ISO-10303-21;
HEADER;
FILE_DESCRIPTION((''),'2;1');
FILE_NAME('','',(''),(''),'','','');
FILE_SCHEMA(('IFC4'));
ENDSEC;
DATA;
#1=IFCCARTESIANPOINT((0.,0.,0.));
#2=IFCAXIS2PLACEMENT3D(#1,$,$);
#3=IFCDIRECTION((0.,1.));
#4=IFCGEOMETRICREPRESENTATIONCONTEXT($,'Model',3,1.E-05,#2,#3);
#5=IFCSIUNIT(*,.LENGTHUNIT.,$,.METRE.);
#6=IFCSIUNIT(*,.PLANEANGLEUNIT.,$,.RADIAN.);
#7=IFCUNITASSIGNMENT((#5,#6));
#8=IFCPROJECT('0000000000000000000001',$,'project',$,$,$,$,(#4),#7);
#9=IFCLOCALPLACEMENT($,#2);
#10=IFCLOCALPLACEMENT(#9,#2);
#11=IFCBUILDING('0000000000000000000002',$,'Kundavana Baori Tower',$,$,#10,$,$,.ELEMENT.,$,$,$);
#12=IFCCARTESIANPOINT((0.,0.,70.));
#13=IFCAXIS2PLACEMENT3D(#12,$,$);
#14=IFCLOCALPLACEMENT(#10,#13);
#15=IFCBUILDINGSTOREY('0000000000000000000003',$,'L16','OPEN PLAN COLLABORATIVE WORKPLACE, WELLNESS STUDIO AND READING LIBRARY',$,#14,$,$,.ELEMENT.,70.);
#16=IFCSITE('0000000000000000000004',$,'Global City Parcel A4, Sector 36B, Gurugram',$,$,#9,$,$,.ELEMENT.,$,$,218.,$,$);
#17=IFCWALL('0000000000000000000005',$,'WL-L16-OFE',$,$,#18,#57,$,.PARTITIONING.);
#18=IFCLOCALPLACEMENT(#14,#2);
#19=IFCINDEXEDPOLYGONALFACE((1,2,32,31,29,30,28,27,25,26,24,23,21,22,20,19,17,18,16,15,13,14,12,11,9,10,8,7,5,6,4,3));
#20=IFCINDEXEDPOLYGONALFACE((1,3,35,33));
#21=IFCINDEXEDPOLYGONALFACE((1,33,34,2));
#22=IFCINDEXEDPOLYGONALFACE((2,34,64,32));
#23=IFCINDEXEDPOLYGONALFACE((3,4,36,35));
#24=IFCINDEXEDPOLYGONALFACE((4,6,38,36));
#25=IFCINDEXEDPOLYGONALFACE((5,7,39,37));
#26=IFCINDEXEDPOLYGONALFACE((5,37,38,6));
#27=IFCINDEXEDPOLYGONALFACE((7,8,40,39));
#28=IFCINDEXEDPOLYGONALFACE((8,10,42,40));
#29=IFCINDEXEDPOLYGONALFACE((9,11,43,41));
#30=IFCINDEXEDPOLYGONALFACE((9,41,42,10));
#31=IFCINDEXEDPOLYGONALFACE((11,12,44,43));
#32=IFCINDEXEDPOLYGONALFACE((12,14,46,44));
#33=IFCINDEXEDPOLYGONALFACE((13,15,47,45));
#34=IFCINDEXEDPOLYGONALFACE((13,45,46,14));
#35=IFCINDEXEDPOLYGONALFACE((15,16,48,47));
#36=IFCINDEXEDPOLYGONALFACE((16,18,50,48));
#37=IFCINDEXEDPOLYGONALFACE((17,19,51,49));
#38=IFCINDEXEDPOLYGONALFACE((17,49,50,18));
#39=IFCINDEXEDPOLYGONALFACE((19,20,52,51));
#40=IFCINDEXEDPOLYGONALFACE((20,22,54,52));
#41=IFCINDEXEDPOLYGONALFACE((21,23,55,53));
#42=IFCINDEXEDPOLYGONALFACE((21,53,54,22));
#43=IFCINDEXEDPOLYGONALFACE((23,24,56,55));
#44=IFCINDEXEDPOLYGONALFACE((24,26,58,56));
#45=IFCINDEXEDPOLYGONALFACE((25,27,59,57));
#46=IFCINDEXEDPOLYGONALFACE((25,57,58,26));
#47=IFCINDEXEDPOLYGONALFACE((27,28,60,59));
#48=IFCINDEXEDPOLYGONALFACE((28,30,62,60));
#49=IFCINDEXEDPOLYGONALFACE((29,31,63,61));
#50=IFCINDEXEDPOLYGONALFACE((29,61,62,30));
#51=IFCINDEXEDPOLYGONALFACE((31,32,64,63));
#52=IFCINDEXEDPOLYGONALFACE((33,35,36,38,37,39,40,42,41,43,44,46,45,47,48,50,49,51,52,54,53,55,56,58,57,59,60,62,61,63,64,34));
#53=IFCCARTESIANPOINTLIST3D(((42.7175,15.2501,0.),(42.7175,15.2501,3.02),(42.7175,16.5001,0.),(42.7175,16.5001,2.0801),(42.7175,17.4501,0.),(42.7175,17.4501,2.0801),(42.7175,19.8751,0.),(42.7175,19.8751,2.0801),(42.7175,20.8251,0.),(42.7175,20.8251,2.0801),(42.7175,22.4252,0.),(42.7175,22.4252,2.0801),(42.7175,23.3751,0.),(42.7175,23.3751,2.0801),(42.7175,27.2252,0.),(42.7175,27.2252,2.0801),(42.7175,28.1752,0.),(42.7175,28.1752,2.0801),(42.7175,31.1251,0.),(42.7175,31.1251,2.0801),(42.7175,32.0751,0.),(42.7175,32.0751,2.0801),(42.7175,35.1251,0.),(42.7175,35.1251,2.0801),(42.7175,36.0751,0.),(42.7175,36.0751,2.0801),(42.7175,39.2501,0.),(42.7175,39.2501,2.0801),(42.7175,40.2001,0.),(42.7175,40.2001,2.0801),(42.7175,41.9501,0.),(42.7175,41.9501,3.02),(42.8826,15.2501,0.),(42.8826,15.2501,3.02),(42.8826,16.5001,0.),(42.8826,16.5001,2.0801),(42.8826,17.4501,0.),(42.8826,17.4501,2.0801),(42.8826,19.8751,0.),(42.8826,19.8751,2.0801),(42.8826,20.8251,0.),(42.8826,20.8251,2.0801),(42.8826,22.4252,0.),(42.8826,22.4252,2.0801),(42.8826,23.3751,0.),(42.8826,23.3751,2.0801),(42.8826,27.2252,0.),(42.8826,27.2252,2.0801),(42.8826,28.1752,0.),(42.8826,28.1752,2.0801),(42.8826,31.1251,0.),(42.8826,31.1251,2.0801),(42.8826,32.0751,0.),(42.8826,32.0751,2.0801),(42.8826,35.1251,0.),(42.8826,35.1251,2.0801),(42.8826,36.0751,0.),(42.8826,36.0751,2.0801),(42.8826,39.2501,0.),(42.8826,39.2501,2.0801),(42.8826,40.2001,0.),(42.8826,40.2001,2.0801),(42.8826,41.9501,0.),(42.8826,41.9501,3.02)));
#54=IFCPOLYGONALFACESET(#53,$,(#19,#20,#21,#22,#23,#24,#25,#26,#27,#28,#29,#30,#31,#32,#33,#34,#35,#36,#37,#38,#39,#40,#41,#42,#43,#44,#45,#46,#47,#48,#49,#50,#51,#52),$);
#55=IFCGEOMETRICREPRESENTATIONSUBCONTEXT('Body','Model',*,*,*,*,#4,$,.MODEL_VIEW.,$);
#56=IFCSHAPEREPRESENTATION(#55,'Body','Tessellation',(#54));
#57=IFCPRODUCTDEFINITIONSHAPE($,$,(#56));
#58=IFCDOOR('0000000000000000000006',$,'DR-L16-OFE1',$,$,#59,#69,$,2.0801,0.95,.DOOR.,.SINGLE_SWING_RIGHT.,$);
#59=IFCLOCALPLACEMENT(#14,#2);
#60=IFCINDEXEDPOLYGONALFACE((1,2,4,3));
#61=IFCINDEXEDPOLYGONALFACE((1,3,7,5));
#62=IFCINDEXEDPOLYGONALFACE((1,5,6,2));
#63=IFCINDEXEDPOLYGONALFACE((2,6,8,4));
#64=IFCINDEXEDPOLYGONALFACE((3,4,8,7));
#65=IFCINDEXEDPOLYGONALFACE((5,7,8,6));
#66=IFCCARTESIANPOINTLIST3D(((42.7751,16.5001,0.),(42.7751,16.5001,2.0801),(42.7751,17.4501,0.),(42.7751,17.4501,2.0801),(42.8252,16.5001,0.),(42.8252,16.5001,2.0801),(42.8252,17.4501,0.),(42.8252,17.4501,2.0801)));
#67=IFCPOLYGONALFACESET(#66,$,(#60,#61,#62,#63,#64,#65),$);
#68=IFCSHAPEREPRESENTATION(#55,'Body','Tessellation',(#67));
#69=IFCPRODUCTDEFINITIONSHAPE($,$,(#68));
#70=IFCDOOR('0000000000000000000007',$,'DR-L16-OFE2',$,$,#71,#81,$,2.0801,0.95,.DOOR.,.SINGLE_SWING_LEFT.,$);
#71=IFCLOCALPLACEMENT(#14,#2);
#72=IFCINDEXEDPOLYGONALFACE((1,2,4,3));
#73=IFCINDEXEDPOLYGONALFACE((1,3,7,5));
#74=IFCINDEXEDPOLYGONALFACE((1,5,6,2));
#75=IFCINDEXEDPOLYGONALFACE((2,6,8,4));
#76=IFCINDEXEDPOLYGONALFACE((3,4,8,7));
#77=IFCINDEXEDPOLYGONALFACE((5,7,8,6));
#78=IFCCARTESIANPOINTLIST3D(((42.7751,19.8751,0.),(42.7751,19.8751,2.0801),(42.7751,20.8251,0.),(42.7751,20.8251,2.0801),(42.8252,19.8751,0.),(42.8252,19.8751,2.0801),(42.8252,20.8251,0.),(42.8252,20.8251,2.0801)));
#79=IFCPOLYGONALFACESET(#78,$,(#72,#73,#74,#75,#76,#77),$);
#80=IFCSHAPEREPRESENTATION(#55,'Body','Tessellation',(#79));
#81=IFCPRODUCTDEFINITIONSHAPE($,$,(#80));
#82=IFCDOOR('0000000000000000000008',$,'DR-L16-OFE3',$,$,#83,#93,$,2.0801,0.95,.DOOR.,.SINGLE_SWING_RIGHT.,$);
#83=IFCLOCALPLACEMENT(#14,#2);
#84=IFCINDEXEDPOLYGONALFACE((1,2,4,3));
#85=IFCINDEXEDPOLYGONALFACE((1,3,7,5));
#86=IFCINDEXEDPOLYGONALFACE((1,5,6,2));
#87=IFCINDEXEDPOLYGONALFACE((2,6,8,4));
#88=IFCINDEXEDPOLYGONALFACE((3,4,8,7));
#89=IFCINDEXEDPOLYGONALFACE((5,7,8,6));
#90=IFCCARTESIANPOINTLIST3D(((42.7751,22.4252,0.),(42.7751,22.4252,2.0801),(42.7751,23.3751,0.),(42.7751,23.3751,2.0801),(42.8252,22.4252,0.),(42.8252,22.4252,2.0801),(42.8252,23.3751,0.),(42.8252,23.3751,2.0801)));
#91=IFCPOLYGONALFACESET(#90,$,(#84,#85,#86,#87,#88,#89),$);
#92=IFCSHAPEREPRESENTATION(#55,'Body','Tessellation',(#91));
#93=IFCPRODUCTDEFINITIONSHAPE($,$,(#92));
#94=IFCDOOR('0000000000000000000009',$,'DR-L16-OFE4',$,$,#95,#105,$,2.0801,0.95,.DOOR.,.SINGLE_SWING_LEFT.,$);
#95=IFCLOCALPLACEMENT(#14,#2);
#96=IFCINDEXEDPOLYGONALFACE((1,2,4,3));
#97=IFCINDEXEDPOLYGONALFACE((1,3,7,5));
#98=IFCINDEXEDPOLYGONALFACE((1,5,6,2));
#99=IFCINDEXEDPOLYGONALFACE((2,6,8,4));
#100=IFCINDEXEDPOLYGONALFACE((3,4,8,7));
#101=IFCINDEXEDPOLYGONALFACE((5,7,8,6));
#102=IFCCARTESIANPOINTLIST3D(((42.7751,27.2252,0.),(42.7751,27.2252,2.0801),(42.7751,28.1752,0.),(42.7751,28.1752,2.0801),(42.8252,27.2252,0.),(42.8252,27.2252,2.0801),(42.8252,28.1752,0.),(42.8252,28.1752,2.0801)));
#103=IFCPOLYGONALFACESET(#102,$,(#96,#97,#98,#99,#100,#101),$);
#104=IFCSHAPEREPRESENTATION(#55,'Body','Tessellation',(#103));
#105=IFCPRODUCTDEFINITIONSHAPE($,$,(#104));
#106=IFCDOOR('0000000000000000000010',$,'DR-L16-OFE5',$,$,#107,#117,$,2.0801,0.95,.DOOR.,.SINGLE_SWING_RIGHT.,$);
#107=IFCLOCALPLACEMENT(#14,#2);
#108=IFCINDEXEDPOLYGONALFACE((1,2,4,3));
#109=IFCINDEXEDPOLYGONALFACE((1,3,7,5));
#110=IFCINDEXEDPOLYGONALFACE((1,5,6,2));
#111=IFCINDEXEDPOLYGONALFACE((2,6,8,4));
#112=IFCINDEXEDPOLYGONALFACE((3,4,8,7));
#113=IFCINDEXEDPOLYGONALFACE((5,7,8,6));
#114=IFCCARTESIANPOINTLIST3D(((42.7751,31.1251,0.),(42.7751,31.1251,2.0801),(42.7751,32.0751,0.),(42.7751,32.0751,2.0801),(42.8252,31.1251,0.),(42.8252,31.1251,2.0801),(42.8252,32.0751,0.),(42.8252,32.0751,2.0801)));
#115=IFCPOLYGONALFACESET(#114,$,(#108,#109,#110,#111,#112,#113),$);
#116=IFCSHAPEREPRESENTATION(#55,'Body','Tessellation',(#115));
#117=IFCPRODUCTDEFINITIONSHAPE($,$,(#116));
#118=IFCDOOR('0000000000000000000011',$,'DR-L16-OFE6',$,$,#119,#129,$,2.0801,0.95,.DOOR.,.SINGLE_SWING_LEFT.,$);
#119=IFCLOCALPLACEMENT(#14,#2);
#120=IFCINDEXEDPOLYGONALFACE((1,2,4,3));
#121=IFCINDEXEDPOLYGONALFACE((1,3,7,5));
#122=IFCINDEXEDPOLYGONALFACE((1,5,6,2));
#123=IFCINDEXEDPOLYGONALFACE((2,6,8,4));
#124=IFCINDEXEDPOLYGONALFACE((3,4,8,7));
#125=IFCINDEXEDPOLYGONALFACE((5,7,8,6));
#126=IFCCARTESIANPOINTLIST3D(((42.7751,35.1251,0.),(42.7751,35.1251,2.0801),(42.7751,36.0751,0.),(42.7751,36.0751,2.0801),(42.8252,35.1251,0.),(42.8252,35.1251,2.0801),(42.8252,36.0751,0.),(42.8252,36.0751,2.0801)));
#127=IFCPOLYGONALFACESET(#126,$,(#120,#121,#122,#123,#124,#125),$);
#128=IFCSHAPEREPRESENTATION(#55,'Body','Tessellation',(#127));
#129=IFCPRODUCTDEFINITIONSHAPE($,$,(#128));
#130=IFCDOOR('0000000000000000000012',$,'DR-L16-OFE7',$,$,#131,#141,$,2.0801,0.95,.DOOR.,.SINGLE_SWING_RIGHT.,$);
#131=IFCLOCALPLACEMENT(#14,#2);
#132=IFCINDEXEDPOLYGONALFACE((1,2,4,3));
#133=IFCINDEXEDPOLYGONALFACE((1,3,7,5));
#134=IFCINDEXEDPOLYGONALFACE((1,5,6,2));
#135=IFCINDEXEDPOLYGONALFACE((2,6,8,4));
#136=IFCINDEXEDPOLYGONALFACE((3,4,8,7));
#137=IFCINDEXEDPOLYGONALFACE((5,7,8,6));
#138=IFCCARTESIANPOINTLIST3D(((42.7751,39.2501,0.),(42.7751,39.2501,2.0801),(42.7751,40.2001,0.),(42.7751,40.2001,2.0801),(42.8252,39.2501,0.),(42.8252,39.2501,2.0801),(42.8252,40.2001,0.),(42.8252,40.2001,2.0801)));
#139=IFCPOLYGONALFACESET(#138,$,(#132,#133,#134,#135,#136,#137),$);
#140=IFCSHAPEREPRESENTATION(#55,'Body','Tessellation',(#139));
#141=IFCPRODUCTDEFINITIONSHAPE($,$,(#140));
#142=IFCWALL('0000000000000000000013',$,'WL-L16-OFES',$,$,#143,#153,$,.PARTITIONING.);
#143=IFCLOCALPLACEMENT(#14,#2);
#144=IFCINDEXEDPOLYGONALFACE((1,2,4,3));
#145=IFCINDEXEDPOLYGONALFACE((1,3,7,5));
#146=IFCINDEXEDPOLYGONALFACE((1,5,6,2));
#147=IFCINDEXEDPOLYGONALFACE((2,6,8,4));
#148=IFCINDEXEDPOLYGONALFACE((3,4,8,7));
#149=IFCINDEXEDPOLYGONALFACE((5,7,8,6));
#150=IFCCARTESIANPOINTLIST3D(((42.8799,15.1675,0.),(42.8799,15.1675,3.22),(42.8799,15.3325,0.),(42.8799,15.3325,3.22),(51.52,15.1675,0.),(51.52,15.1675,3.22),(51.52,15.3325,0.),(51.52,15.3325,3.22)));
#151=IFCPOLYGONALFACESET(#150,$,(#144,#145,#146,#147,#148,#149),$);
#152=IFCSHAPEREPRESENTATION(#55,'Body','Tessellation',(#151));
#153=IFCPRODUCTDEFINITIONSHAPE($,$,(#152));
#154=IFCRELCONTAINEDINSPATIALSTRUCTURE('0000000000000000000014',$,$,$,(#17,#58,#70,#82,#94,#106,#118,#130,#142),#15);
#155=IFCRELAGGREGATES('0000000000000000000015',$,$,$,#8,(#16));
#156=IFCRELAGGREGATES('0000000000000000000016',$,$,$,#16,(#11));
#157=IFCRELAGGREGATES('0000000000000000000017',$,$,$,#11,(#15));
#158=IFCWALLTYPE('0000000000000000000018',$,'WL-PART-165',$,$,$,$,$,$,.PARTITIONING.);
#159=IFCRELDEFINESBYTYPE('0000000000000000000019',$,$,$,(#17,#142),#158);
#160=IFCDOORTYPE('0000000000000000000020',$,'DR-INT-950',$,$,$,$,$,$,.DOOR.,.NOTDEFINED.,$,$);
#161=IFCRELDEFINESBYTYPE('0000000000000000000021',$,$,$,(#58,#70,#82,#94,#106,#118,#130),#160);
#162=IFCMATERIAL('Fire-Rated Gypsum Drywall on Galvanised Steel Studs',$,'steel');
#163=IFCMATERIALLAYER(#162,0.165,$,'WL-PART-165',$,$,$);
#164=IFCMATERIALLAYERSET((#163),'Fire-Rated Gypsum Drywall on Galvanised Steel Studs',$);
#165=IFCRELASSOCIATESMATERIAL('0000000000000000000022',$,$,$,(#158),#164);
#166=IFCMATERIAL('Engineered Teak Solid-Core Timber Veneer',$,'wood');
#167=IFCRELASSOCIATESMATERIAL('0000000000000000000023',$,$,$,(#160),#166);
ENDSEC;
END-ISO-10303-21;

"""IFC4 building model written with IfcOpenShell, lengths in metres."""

from ifc_helpers import new_model, si_unit, direction, frame, frame_2d, origin, place, context, subcontext, project, spatial, rectangle, extrude, material, layer, layer_set, type_object, element, fill, save


model = new_model("IFC4")

# Units and contexts
model_context = context("Model", 3, precision=1e-05, world=origin(), true_north=direction((0.0, 1.0)))
body_context = subcontext(model_context, "Body", "Model", "MODEL_VIEW")
ifc_project = project(units=[si_unit("LENGTHUNIT", "METRE"), si_unit("PLANEANGLEUNIT", "RADIAN")], contexts=[model_context])

# Site, building, storey
site_placement = place(None, origin())
site = spatial("IfcSite", under=ifc_project, at=site_placement, Name="Global City Parcel A4, Sector 36B, Gurugram", CompositionType="ELEMENT", RefElevation=218.0)
building_placement = place(site_placement, origin())
building = spatial("IfcBuilding", under=site, at=building_placement, Name="Kundavana Baori Tower", CompositionType="ELEMENT")
storey_placement = place(building_placement, frame((0.0, 0.0, 70.0)))
storey = spatial("IfcBuildingStorey", under=building, at=storey_placement, Name="L16", Description="OPEN PLAN COLLABORATIVE WORKPLACE, WELLNESS STUDIO AND READING LIBRARY", CompositionType="ELEMENT", Elevation=70.0)

# Wall, openings, doors
ifc_material_1 = material(Name="Fire-Rated Gypsum Drywall on Galvanised Steel Studs", Category="steel")
ifc_layer_1 = layer(ifc_material_1, 0.165, Name="WL-PART-165")
ifc_layer_set_1 = layer_set([ifc_layer_1], Name="Fire-Rated Gypsum Drywall on Galvanised Steel Studs")
wall_type_1 = type_object("IfcWallType", Name="WL-PART-165", PredefinedType="PARTITIONING", material=ifc_layer_set_1)
wall_1_placement = place(storey_placement, frame((42.8, 15.25, 0.0), z_axis=(0.0, 0.0, 1.0), x_axis=(0.0, 1.0, 0.0)))
wall_1 = element("IfcWall", 1, at=wall_1_placement, inside=storey, type_object=wall_type_1, Name="WL-L16-OFE", PredefinedType="PARTITIONING", context=body_context, shape_type="SweptSolid", body=[
    extrude(rectangle(XDim=26.7, YDim=0.165, at=frame_2d((13.3501, 0.0))), origin(), (0.0, 0.0, 1.0), 3.02),
])
opening_1_placement = place(wall_1_placement, frame((1.25, 0.0, 0.0)))
opening_1 = element("IfcOpeningElement", 2, at=opening_1_placement, cuts=wall_1, PredefinedType="OPENING", context=body_context, shape_type="SweptSolid", body=[
    extrude(rectangle(XDim=0.95, YDim=2.0801, at=frame_2d((0.4751, 1.04))), frame((0.0, 0.0925, 0.0), z_axis=(0.0, -1.0, 0.0), x_axis=(1.0, 0.0, 0.0)), (0.0, 0.0, 1.0), 0.1851),
])
opening_2_placement = place(wall_1_placement, frame((4.625, 0.0, 0.0)))
opening_2 = element("IfcOpeningElement", 3, at=opening_2_placement, cuts=wall_1, PredefinedType="OPENING", context=body_context, shape_type="SweptSolid", body=[
    extrude(rectangle(XDim=0.95, YDim=2.0801, at=frame_2d((0.4751, 1.04))), frame((0.0, 0.0925, 0.0), z_axis=(0.0, -1.0, 0.0), x_axis=(1.0, 0.0, 0.0)), (0.0, 0.0, 1.0), 0.1851),
])
opening_3_placement = place(wall_1_placement, frame((7.175, 0.0, 0.0)))
opening_3 = element("IfcOpeningElement", 4, at=opening_3_placement, cuts=wall_1, PredefinedType="OPENING", context=body_context, shape_type="SweptSolid", body=[
    extrude(rectangle(XDim=0.95, YDim=2.0801, at=frame_2d((0.4751, 1.04))), frame((0.0, 0.0925, 0.0), z_axis=(0.0, -1.0, 0.0), x_axis=(1.0, 0.0, 0.0)), (0.0, 0.0, 1.0), 0.1851),
])
opening_4_placement = place(wall_1_placement, frame((11.9751, 0.0, 0.0)))
opening_4 = element("IfcOpeningElement", 5, at=opening_4_placement, cuts=wall_1, PredefinedType="OPENING", context=body_context, shape_type="SweptSolid", body=[
    extrude(rectangle(XDim=0.95, YDim=2.0801, at=frame_2d((0.4751, 1.04))), frame((0.0, 0.0925, 0.0), z_axis=(0.0, -1.0, 0.0), x_axis=(1.0, 0.0, 0.0)), (0.0, 0.0, 1.0), 0.1851),
])
opening_5_placement = place(wall_1_placement, frame((15.875, 0.0, 0.0)))
opening_5 = element("IfcOpeningElement", 6, at=opening_5_placement, cuts=wall_1, PredefinedType="OPENING", context=body_context, shape_type="SweptSolid", body=[
    extrude(rectangle(XDim=0.95, YDim=2.0801, at=frame_2d((0.4751, 1.04))), frame((0.0, 0.0925, 0.0), z_axis=(0.0, -1.0, 0.0), x_axis=(1.0, 0.0, 0.0)), (0.0, 0.0, 1.0), 0.1851),
])
opening_6_placement = place(wall_1_placement, frame((19.875, 0.0, 0.0)))
opening_6 = element("IfcOpeningElement", 7, at=opening_6_placement, cuts=wall_1, PredefinedType="OPENING", context=body_context, shape_type="SweptSolid", body=[
    extrude(rectangle(XDim=0.95, YDim=2.0801, at=frame_2d((0.4751, 1.04))), frame((0.0, 0.0925, 0.0), z_axis=(0.0, -1.0, 0.0), x_axis=(1.0, 0.0, 0.0)), (0.0, 0.0, 1.0), 0.1851),
])
opening_7_placement = place(wall_1_placement, frame((24.0, 0.0, 0.0)))
opening_7 = element("IfcOpeningElement", 8, at=opening_7_placement, cuts=wall_1, PredefinedType="OPENING", context=body_context, shape_type="SweptSolid", body=[
    extrude(rectangle(XDim=0.95, YDim=2.0801, at=frame_2d((0.4751, 1.04))), frame((0.0, 0.0925, 0.0), z_axis=(0.0, -1.0, 0.0), x_axis=(1.0, 0.0, 0.0)), (0.0, 0.0, 1.0), 0.1851),
])
ifc_material_2 = material(Name="Engineered Teak Solid-Core Timber Veneer", Category="wood")
door_type_1 = type_object("IfcDoorType", Name="DR-INT-950", OperationType="NOTDEFINED", PredefinedType="DOOR", material=ifc_material_2)
door_1_placement = place(opening_1_placement, origin())
door_1 = element("IfcDoor", 9, at=door_1_placement, inside=storey, type_object=door_type_1, Name="DR-L16-OFE1", OperationType="SINGLE_SWING_RIGHT", OverallHeight=2.0801, OverallWidth=0.95, PredefinedType="DOOR", context=body_context, shape_type="SweptSolid", body=[
    extrude(rectangle(XDim=0.95, YDim=2.0801, at=frame_2d((0.4751, 1.04))), frame((0.0, 0.0249, 0.0), z_axis=(0.0, -1.0, 0.0), x_axis=(1.0, 0.0, 0.0)), (0.0, 0.0, 1.0), 0.05),
])
fill(opening_1, door_1)
door_2_placement = place(opening_2_placement, origin())
door_2 = element("IfcDoor", 10, at=door_2_placement, inside=storey, type_object=door_type_1, Name="DR-L16-OFE2", OperationType="SINGLE_SWING_LEFT", OverallHeight=2.0801, OverallWidth=0.95, PredefinedType="DOOR", context=body_context, shape_type="SweptSolid", body=[
    extrude(rectangle(XDim=0.95, YDim=2.0801, at=frame_2d((0.4751, 1.04))), frame((0.0, 0.0249, 0.0), z_axis=(0.0, -1.0, 0.0), x_axis=(1.0, 0.0, 0.0)), (0.0, 0.0, 1.0), 0.05),
])
fill(opening_2, door_2)
door_3_placement = place(opening_3_placement, origin())
door_3 = element("IfcDoor", 11, at=door_3_placement, inside=storey, type_object=door_type_1, Name="DR-L16-OFE3", OperationType="SINGLE_SWING_RIGHT", OverallHeight=2.0801, OverallWidth=0.95, PredefinedType="DOOR", context=body_context, shape_type="SweptSolid", body=[
    extrude(rectangle(XDim=0.95, YDim=2.0801, at=frame_2d((0.4751, 1.04))), frame((0.0, 0.0249, 0.0), z_axis=(0.0, -1.0, 0.0), x_axis=(1.0, 0.0, 0.0)), (0.0, 0.0, 1.0), 0.05),
])
fill(opening_3, door_3)
door_4_placement = place(opening_4_placement, origin())
door_4 = element("IfcDoor", 12, at=door_4_placement, inside=storey, type_object=door_type_1, Name="DR-L16-OFE4", OperationType="SINGLE_SWING_LEFT", OverallHeight=2.0801, OverallWidth=0.95, PredefinedType="DOOR", context=body_context, shape_type="SweptSolid", body=[
    extrude(rectangle(XDim=0.95, YDim=2.0801, at=frame_2d((0.4751, 1.04))), frame((0.0, 0.0249, 0.0), z_axis=(0.0, -1.0, 0.0), x_axis=(1.0, 0.0, 0.0)), (0.0, 0.0, 1.0), 0.05),
])
fill(opening_4, door_4)
door_5_placement = place(opening_5_placement, origin())
door_5 = element("IfcDoor", 13, at=door_5_placement, inside=storey, type_object=door_type_1, Name="DR-L16-OFE5", OperationType="SINGLE_SWING_RIGHT", OverallHeight=2.0801, OverallWidth=0.95, PredefinedType="DOOR", context=body_context, shape_type="SweptSolid", body=[
    extrude(rectangle(XDim=0.95, YDim=2.0801, at=frame_2d((0.4751, 1.04))), frame((0.0, 0.0249, 0.0), z_axis=(0.0, -1.0, 0.0), x_axis=(1.0, 0.0, 0.0)), (0.0, 0.0, 1.0), 0.05),
])
fill(opening_5, door_5)
door_6_placement = place(opening_6_placement, origin())
door_6 = element("IfcDoor", 14, at=door_6_placement, inside=storey, type_object=door_type_1, Name="DR-L16-OFE6", OperationType="SINGLE_SWING_LEFT", OverallHeight=2.0801, OverallWidth=0.95, PredefinedType="DOOR", context=body_context, shape_type="SweptSolid", body=[
    extrude(rectangle(XDim=0.95, YDim=2.0801, at=frame_2d((0.4751, 1.04))), frame((0.0, 0.0249, 0.0), z_axis=(0.0, -1.0, 0.0), x_axis=(1.0, 0.0, 0.0)), (0.0, 0.0, 1.0), 0.05),
])
fill(opening_6, door_6)
door_7_placement = place(opening_7_placement, origin())
door_7 = element("IfcDoor", 15, at=door_7_placement, inside=storey, type_object=door_type_1, Name="DR-L16-OFE7", OperationType="SINGLE_SWING_RIGHT", OverallHeight=2.0801, OverallWidth=0.95, PredefinedType="DOOR", context=body_context, shape_type="SweptSolid", body=[
    extrude(rectangle(XDim=0.95, YDim=2.0801, at=frame_2d((0.4751, 1.04))), frame((0.0, 0.0249, 0.0), z_axis=(0.0, -1.0, 0.0), x_axis=(1.0, 0.0, 0.0)), (0.0, 0.0, 1.0), 0.05),
])
fill(opening_7, door_7)

# Wall
wall_2_placement = place(storey_placement, frame((42.8799, 15.25, 0.0), z_axis=(0.0, 0.0, 1.0), x_axis=(1.0, 0.0, 0.0)))
element("IfcWall", 16, at=wall_2_placement, inside=storey, type_object=wall_type_1, Name="WL-L16-OFES", PredefinedType="PARTITIONING", context=body_context, shape_type="SweptSolid", body=[
    extrude(rectangle(XDim=8.6401, YDim=0.165, at=frame_2d((4.3201, 0.0))), origin(), (0.0, 0.0, 1.0), 3.22),
])

save(model, "model.ifc")
